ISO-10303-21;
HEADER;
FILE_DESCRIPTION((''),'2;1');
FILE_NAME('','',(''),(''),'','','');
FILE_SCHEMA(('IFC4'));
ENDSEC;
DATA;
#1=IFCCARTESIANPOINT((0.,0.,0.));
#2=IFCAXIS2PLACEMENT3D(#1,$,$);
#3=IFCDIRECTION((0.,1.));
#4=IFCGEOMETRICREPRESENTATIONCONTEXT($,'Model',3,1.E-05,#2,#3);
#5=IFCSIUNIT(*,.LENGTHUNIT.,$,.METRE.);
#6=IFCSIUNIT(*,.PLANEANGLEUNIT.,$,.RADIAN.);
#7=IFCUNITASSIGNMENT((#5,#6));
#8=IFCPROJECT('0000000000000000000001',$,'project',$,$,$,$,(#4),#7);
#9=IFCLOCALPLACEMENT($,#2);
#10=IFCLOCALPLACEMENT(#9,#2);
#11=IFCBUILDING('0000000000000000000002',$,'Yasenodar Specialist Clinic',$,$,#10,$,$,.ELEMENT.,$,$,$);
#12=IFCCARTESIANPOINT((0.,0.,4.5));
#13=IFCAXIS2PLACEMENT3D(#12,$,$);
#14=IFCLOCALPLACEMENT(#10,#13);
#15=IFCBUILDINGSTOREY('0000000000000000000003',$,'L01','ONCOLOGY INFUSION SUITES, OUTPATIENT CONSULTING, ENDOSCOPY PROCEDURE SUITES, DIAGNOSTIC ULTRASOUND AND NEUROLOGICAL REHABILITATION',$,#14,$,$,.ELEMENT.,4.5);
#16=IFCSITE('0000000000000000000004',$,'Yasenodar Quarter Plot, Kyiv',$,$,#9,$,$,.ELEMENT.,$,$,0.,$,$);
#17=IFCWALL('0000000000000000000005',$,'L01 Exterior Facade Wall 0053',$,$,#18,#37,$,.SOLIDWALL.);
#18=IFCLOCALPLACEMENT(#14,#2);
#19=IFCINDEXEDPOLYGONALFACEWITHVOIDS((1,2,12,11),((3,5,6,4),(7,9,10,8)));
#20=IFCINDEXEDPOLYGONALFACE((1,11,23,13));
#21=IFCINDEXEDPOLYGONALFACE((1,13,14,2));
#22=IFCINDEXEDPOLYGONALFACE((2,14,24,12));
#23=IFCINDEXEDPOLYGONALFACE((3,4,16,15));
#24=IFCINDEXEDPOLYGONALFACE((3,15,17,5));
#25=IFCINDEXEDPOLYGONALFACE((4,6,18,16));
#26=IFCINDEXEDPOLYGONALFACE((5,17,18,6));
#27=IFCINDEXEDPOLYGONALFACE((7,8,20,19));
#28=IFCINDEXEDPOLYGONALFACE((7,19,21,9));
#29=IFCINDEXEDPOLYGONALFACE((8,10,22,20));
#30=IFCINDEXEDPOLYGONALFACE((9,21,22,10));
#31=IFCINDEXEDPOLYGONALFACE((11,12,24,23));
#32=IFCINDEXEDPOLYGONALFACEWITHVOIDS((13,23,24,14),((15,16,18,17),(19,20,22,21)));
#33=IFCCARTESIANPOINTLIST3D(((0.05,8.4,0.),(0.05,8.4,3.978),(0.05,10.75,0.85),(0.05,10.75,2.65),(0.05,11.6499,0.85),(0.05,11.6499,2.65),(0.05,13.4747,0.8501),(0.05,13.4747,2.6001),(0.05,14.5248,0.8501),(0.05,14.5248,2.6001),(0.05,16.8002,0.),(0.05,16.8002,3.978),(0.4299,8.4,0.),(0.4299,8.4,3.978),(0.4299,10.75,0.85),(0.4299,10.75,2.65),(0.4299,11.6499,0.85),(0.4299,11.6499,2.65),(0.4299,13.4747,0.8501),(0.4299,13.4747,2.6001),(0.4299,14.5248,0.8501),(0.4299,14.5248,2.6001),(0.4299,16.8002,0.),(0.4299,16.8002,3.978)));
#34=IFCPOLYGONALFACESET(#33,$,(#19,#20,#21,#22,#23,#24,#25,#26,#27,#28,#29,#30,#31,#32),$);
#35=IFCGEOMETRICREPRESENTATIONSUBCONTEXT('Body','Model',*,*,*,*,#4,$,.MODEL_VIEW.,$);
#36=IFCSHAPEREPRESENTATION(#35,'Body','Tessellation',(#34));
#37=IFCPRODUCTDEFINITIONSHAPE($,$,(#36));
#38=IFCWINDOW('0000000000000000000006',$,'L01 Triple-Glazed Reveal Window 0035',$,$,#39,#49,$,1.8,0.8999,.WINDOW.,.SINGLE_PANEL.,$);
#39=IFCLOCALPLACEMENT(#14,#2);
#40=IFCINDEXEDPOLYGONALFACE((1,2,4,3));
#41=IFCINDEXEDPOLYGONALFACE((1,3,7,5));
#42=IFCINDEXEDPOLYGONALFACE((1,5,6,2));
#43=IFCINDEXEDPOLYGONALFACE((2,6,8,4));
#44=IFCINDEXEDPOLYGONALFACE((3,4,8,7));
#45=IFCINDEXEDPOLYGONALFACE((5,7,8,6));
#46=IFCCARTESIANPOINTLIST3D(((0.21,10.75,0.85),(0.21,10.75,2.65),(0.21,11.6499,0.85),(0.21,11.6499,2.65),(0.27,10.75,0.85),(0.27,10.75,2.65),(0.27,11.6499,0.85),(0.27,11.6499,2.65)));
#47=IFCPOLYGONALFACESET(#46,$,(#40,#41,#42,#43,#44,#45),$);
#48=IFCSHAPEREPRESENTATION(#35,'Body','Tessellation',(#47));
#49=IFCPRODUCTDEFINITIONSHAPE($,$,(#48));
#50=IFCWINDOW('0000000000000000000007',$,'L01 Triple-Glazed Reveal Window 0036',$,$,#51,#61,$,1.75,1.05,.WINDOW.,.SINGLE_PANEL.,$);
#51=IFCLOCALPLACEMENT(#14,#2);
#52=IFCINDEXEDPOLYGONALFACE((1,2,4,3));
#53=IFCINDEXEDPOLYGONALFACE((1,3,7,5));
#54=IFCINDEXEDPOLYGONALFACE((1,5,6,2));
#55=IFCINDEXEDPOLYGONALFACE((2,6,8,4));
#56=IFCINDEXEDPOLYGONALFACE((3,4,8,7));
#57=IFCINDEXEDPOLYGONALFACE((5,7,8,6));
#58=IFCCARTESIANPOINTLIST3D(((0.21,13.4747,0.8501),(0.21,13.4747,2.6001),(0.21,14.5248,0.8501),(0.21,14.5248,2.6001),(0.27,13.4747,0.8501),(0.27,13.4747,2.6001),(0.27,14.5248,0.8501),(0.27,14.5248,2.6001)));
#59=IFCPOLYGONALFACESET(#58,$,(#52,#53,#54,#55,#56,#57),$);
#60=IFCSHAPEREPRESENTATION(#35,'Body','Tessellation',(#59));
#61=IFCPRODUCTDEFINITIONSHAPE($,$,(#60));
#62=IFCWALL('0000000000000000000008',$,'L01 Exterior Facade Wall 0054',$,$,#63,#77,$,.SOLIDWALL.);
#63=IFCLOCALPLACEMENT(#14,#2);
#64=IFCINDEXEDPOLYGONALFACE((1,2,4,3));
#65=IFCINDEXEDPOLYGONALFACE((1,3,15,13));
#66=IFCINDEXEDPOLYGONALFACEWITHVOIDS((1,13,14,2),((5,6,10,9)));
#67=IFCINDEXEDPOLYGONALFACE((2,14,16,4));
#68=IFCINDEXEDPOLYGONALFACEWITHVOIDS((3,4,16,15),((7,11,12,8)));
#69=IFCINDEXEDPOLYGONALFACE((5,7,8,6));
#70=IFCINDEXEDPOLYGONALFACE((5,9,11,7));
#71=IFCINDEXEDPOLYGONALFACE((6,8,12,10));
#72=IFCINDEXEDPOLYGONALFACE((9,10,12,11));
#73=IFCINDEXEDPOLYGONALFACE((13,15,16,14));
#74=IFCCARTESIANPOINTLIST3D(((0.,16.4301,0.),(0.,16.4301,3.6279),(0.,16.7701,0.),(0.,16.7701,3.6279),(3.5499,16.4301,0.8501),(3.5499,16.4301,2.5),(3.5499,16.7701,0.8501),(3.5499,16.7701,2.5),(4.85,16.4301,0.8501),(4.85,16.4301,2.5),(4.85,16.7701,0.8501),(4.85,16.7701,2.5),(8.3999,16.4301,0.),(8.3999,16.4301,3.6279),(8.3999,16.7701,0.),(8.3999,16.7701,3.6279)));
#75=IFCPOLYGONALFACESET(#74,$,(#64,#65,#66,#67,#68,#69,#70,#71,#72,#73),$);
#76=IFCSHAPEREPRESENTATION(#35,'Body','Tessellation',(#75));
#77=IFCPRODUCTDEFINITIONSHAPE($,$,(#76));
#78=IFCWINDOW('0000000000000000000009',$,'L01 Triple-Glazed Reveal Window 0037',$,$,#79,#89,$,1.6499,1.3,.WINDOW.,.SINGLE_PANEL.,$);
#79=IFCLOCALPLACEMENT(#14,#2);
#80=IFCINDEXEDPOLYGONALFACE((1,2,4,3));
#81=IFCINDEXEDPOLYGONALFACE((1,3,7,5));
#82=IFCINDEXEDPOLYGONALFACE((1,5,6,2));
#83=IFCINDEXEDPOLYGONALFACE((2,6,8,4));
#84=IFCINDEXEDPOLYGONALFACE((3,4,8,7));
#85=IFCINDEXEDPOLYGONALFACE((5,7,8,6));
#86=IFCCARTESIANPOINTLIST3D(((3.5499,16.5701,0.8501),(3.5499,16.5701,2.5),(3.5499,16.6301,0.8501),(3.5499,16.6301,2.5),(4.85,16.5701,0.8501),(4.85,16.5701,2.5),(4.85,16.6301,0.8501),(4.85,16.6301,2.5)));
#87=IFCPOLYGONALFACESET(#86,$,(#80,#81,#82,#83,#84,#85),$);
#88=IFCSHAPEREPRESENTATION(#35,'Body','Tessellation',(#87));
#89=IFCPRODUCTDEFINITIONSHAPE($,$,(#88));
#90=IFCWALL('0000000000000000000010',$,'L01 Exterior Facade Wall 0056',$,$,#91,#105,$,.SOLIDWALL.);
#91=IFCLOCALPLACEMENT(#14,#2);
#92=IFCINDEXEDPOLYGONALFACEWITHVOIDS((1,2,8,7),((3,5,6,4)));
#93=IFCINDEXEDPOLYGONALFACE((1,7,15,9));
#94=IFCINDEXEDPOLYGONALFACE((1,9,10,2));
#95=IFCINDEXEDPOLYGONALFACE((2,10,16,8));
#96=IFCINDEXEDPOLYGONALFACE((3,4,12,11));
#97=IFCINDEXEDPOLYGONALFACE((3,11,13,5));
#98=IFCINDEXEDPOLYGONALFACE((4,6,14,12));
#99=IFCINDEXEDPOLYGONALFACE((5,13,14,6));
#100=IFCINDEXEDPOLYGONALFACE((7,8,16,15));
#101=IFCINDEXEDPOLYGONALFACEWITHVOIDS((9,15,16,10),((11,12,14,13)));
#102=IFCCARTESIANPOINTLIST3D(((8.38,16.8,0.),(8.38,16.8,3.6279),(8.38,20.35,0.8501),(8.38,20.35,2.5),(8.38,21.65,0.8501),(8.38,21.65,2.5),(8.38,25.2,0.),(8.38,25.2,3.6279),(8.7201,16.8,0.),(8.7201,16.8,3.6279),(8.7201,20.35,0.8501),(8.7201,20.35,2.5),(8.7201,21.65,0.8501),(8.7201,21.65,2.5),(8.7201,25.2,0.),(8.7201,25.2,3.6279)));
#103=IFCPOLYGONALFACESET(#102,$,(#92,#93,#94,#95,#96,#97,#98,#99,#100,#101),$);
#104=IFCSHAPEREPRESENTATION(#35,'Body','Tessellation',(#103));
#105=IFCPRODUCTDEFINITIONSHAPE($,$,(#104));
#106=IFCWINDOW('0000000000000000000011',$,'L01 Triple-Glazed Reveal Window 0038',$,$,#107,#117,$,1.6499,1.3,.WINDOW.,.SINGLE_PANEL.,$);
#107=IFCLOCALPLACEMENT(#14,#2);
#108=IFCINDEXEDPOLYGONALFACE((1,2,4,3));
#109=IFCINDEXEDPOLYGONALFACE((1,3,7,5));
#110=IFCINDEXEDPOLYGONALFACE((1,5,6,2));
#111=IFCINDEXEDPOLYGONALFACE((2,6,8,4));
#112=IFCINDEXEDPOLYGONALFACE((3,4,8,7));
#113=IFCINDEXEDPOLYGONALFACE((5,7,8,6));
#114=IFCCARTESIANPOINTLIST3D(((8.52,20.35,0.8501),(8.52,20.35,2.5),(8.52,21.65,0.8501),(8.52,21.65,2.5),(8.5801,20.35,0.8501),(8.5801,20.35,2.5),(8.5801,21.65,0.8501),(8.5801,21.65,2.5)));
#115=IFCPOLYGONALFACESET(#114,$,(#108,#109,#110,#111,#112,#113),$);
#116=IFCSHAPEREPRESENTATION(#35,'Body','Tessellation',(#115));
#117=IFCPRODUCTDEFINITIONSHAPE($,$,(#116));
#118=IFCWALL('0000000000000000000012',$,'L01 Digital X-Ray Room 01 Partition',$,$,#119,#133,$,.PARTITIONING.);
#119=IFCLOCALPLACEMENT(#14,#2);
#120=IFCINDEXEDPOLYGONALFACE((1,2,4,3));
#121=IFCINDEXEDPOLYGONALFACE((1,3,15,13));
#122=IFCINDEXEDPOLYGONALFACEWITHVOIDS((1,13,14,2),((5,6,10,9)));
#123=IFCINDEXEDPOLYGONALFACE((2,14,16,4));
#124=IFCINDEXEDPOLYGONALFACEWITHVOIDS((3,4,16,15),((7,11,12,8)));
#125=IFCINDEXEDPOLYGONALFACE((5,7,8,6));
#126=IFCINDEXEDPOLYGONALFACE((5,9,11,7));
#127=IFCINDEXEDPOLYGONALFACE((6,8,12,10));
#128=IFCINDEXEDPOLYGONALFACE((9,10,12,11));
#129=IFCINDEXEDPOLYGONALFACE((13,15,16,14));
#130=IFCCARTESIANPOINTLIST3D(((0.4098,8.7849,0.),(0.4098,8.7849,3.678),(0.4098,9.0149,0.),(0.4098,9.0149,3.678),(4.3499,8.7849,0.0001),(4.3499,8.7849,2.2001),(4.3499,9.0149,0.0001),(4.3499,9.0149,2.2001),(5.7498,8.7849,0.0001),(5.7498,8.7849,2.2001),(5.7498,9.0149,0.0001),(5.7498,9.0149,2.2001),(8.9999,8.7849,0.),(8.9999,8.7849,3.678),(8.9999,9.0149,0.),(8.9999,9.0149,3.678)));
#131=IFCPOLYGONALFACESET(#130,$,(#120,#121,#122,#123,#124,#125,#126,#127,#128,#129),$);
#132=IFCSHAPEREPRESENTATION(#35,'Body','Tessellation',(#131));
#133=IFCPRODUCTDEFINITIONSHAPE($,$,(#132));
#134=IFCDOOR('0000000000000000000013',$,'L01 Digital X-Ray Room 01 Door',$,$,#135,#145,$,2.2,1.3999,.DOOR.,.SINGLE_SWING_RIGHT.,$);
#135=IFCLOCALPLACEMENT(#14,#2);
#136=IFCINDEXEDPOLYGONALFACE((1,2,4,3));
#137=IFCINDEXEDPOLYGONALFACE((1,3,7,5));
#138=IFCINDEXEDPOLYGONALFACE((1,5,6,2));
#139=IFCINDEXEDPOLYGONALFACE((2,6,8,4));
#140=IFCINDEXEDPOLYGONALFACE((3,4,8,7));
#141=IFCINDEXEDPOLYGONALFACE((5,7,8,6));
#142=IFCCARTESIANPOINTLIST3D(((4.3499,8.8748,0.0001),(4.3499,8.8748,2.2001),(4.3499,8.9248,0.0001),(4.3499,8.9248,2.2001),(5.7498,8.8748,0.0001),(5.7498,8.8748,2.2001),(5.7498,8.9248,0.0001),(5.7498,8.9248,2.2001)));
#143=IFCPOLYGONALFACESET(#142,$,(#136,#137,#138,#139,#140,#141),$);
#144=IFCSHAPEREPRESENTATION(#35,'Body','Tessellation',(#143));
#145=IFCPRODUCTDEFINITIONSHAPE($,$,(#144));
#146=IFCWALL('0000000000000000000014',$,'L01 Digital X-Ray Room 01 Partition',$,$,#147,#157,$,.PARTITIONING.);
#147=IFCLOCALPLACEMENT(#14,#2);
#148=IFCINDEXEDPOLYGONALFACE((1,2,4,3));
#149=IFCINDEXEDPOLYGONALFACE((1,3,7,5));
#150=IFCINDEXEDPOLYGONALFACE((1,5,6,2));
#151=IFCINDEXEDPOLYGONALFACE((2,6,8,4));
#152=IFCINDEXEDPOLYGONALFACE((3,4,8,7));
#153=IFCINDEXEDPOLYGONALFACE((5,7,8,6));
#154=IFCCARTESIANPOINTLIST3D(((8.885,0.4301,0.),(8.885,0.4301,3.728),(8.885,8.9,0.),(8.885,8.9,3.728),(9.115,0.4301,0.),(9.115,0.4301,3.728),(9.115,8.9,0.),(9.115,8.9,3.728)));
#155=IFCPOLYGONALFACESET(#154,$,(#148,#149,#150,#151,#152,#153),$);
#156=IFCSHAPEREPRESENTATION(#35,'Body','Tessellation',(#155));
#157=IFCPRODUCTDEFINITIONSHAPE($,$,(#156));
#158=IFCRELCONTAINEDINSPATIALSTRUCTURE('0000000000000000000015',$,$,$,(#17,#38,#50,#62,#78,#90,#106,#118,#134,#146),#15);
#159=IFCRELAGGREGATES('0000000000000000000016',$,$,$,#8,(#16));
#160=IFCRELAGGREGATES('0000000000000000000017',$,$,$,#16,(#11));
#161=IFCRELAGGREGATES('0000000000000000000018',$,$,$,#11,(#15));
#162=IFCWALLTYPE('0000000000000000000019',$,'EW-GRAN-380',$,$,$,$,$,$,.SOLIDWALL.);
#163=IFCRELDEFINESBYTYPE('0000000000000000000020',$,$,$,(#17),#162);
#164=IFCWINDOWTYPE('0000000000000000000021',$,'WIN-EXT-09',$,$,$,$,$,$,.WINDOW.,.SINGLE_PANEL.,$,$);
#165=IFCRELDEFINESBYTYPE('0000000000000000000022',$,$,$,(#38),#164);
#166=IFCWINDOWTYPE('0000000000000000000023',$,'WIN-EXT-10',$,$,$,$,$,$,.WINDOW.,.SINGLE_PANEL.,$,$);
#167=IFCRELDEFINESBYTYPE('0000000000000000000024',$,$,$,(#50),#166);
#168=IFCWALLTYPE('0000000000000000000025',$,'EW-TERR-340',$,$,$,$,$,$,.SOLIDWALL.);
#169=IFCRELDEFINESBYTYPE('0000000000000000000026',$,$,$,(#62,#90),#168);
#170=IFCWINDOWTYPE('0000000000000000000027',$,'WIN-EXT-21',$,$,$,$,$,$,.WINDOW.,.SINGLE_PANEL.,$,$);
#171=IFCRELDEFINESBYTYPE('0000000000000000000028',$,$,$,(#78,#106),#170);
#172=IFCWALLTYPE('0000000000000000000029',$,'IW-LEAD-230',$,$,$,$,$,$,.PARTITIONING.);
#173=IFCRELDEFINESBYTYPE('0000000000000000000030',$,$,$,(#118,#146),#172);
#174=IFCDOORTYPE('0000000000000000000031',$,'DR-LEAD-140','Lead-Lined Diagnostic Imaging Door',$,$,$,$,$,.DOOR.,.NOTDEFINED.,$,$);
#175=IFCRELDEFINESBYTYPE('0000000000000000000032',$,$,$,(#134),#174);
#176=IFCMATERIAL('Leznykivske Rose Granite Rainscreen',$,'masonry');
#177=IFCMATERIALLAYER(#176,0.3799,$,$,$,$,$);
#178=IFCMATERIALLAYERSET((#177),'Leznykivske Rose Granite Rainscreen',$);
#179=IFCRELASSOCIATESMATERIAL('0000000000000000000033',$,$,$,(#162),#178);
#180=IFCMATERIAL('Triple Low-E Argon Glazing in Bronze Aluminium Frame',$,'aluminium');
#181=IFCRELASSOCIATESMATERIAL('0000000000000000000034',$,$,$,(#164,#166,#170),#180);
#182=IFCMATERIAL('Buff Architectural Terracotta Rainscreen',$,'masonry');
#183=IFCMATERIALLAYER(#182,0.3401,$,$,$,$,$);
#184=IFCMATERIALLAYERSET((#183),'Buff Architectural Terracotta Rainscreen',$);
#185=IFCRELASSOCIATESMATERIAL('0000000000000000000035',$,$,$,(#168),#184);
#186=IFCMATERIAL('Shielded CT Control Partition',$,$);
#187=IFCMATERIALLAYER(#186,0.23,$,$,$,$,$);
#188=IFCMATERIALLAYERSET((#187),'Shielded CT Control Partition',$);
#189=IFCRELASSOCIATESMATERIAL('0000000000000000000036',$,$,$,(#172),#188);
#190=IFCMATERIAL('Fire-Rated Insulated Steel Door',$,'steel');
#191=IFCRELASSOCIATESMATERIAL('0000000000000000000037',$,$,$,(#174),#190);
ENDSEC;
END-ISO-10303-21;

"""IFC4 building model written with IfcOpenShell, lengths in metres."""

from ifc_helpers import new_model, si_unit, direction, frame, frame_2d, origin, place, context, subcontext, project, spatial, rectangle, extrude, material, layer, layer_set, type_object, element, fill, save


model = new_model("IFC4")

# Units and contexts
model_context = context("Model", 3, precision=1e-05, world=origin(), true_north=direction((0.0, 1.0)))
body_context = subcontext(model_context, "Body", "Model", "MODEL_VIEW")
ifc_project = project(units=[si_unit("LENGTHUNIT", "METRE"), si_unit("PLANEANGLEUNIT", "RADIAN")], contexts=[model_context])

# Site, building, storey
site_placement = place(None, origin())
site = spatial("IfcSite", under=ifc_project, at=site_placement, Name="Yasenodar Quarter Plot, Kyiv", CompositionType="ELEMENT", RefElevation=0.0)
building_placement = place(site_placement, origin())
building = spatial("IfcBuilding", under=site, at=building_placement, Name="Yasenodar Specialist Clinic", CompositionType="ELEMENT")
storey_placement = place(building_placement, frame((0.0, 0.0, 4.5)))
storey = spatial("IfcBuildingStorey", under=building, at=storey_placement, Name="L01", Description="ONCOLOGY INFUSION SUITES, OUTPATIENT CONSULTING, ENDOSCOPY PROCEDURE SUITES, DIAGNOSTIC ULTRASOUND AND NEUROLOGICAL REHABILITATION", CompositionType="ELEMENT", Elevation=4.5)

# Wall, openings, windows
ifc_material_1 = material(Name="Leznykivske Rose Granite Rainscreen", Category="masonry")
ifc_layer_1 = layer(ifc_material_1, 0.3799)
ifc_layer_set_1 = layer_set([ifc_layer_1], Name="Leznykivske Rose Granite Rainscreen")
wall_type_1 = type_object("IfcWallType", Name="EW-GRAN-380", PredefinedType="SOLIDWALL", material=ifc_layer_set_1)
wall_1_placement = place(storey_placement, frame((0.24, 8.3999, 0.0), z_axis=(0.0, 0.0, 1.0), x_axis=(0.0, 1.0, 0.0)))
wall_1 = element("IfcWall", 1, at=wall_1_placement, inside=storey, type_object=wall_type_1, Name="L01 Exterior Facade Wall 0053", PredefinedType="SOLIDWALL", context=body_context, shape_type="SweptSolid", body=[
    extrude(rectangle(XDim=8.4001, YDim=0.3799, at=frame_2d((4.2002, 0.0))), origin(), (0.0, 0.0, 1.0), 3.978),
])
opening_1_placement = place(wall_1_placement, frame((2.3501, 0.0, 0.8501)))
opening_1 = element("IfcOpeningElement", 2, at=opening_1_placement, cuts=wall_1, PredefinedType="OPENING", context=body_context, shape_type="SweptSolid", body=[
    extrude(rectangle(XDim=0.8999, YDim=1.8, at=frame_2d((0.45, 0.8999))), frame((0.0, 0.2, 0.0), z_axis=(0.0, -1.0, 0.0), x_axis=(1.0, 0.0, 0.0)), (0.0, 0.0, 1.0), 0.3999),
])
opening_2_placement = place(wall_1_placement, frame((5.075, 0.0, 0.8501)))
opening_2 = element("IfcOpeningElement", 3, at=opening_2_placement, cuts=wall_1, PredefinedType="OPENING", context=body_context, shape_type="SweptSolid", body=[
    extrude(rectangle(XDim=1.05, YDim=1.75, at=frame_2d((0.5249, 0.875))), frame((0.0, 0.2, 0.0), z_axis=(0.0, -1.0, 0.0), x_axis=(1.0, 0.0, 0.0)), (0.0, 0.0, 1.0), 0.3999),
])
ifc_material_2 = material(Name="Triple Low-E Argon Glazing in Bronze Aluminium Frame", Category="aluminium")
window_type_1 = type_object("IfcWindowType", Name="WIN-EXT-09", PartitioningType="SINGLE_PANEL", PredefinedType="WINDOW", material=ifc_material_2)
window_1_placement = place(opening_1_placement, origin())
window_1 = element("IfcWindow", 4, at=window_1_placement, inside=storey, type_object=window_type_1, Name="L01 Triple-Glazed Reveal Window 0035", OverallHeight=1.8, OverallWidth=0.8999, PartitioningType="SINGLE_PANEL", PredefinedType="WINDOW", context=body_context, shape_type="SweptSolid", body=[
    extrude(rectangle(XDim=0.8999, YDim=1.8, at=frame_2d((0.45, 0.8999))), frame((0.0, 0.03, 0.0), z_axis=(0.0, -1.0, 0.0), x_axis=(1.0, 0.0, 0.0)), (0.0, 0.0, 1.0), 0.0601),
])
fill(opening_1, window_1)
window_type_2 = type_object("IfcWindowType", Name="WIN-EXT-10", PartitioningType="SINGLE_PANEL", PredefinedType="WINDOW", material=ifc_material_2)
window_2_placement = place(opening_2_placement, origin())
window_2 = element("IfcWindow", 5, at=window_2_placement, inside=storey, type_object=window_type_2, Name="L01 Triple-Glazed Reveal Window 0036", OverallHeight=1.75, OverallWidth=1.05, PartitioningType="SINGLE_PANEL", PredefinedType="WINDOW", context=body_context, shape_type="SweptSolid", body=[
    extrude(rectangle(XDim=1.05, YDim=1.75, at=frame_2d((0.5249, 0.875))), frame((0.0, 0.03, 0.0), z_axis=(0.0, -1.0, 0.0), x_axis=(1.0, 0.0, 0.0)), (0.0, 0.0, 1.0), 0.0601),
])
fill(opening_2, window_2)

# Walls, openings, windows
ifc_material_3 = material(Name="Buff Architectural Terracotta Rainscreen", Category="masonry")
ifc_layer_2 = layer(ifc_material_3, 0.3401)
ifc_layer_set_2 = layer_set([ifc_layer_2], Name="Buff Architectural Terracotta Rainscreen")
wall_type_2 = type_object("IfcWallType", Name="EW-TERR-340", PredefinedType="SOLIDWALL", material=ifc_layer_set_2)
wall_2_placement = place(storey_placement, frame((0.0, 16.6001, 0.0), z_axis=(0.0, 0.0, 1.0), x_axis=(1.0, 0.0, 0.0)))
wall_2 = element("IfcWall", 6, at=wall_2_placement, inside=storey, type_object=wall_type_2, Name="L01 Exterior Facade Wall 0054", PredefinedType="SOLIDWALL", context=body_context, shape_type="SweptSolid", body=[
    extrude(rectangle(XDim=8.3999, YDim=0.3401, at=frame_2d((4.2, 0.0))), origin(), (0.0, 0.0, 1.0), 3.6279),
])
opening_3_placement = place(wall_2_placement, frame((3.55, 0.0, 0.8501)))
opening_3 = element("IfcOpeningElement", 7, at=opening_3_placement, cuts=wall_2, PredefinedType="OPENING", context=body_context, shape_type="SweptSolid", body=[
    extrude(rectangle(XDim=1.3, YDim=1.6499, at=frame_2d((0.6499, 0.825))), frame((0.0, 0.1802, 0.0), z_axis=(0.0, -1.0, 0.0), x_axis=(1.0, 0.0, 0.0)), (0.0, 0.0, 1.0), 0.3601),
])
window_type_3 = type_object("IfcWindowType", Name="WIN-EXT-21", PartitioningType="SINGLE_PANEL", PredefinedType="WINDOW", material=ifc_material_2)
window_3_placement = place(opening_3_placement, origin())
window_3 = element("IfcWindow", 8, at=window_3_placement, inside=storey, type_object=window_type_3, Name="L01 Triple-Glazed Reveal Window 0037", OverallHeight=1.6499, OverallWidth=1.3, PartitioningType="SINGLE_PANEL", PredefinedType="WINDOW", context=body_context, shape_type="SweptSolid", body=[
    extrude(rectangle(XDim=1.3, YDim=1.6499, at=frame_2d((0.6499, 0.825))), frame((0.0, 0.03, 0.0), z_axis=(0.0, -1.0, 0.0), x_axis=(1.0, 0.0, 0.0)), (0.0, 0.0, 1.0), 0.0601),
])
fill(opening_3, window_3)
wall_3_placement = place(storey_placement, frame((8.55, 16.8, 0.0), z_axis=(0.0, 0.0, 1.0), x_axis=(0.0, 1.0, 0.0)))
wall_3 = element("IfcWall", 9, at=wall_3_placement, inside=storey, type_object=wall_type_2, Name="L01 Exterior Facade Wall 0056", PredefinedType="SOLIDWALL", context=body_context, shape_type="SweptSolid", body=[
    extrude(rectangle(XDim=8.3999, YDim=0.3401, at=frame_2d((4.2, 0.0))), origin(), (0.0, 0.0, 1.0), 3.6279),
])
opening_4_placement = place(wall_3_placement, frame((3.55, 0.0, 0.8501)))
opening_4 = element("IfcOpeningElement", 10, at=opening_4_placement, cuts=wall_3, PredefinedType="OPENING", context=body_context, shape_type="SweptSolid", body=[
    extrude(rectangle(XDim=1.3, YDim=1.6499, at=frame_2d((0.6499, 0.825))), frame((0.0, 0.1802, 0.0), z_axis=(0.0, -1.0, 0.0), x_axis=(1.0, 0.0, 0.0)), (0.0, 0.0, 1.0), 0.3601),
])
window_4_placement = place(opening_4_placement, origin())
window_4 = element("IfcWindow", 11, at=window_4_placement, inside=storey, type_object=window_type_3, Name="L01 Triple-Glazed Reveal Window 0038", OverallHeight=1.6499, OverallWidth=1.3, PartitioningType="SINGLE_PANEL", PredefinedType="WINDOW", context=body_context, shape_type="SweptSolid", body=[
    extrude(rectangle(XDim=1.3, YDim=1.6499, at=frame_2d((0.6499, 0.825))), frame((0.0, 0.03, 0.0), z_axis=(0.0, -1.0, 0.0), x_axis=(1.0, 0.0, 0.0)), (0.0, 0.0, 1.0), 0.0601),
])
fill(opening_4, window_4)

# Wall, opening, door
ifc_material_4 = material(Name="Shielded CT Control Partition")
ifc_layer_3 = layer(ifc_material_4, 0.23)
ifc_layer_set_3 = layer_set([ifc_layer_3], Name="Shielded CT Control Partition")
wall_type_3 = type_object("IfcWallType", Name="IW-LEAD-230", PredefinedType="PARTITIONING", material=ifc_layer_set_3)
wall_4_placement = place(storey_placement, frame((0.4099, 8.8999, 0.0), z_axis=(0.0, 0.0, 1.0), x_axis=(1.0, 0.0, 0.0)))
wall_4 = element("IfcWall", 12, at=wall_4_placement, inside=storey, type_object=wall_type_3, Name="L01 Digital X-Ray Room 01 Partition", PredefinedType="PARTITIONING", context=body_context, shape_type="SweptSolid", body=[
    extrude(rectangle(XDim=8.5901, YDim=0.23, at=frame_2d((4.2949, 0.0))), origin(), (0.0, 0.0, 1.0), 3.678),
])
opening_5_placement = place(wall_4_placement, frame((3.9399, 0.0, 0.0)))
opening_5 = element("IfcOpeningElement", 13, at=opening_5_placement, cuts=wall_4, PredefinedType="OPENING", context=body_context, shape_type="SweptSolid", body=[
    extrude(rectangle(XDim=1.3999, YDim=2.2, at=frame_2d((0.7, 1.1001))), frame((0.0, 0.125, 0.0), z_axis=(0.0, -1.0, 0.0), x_axis=(1.0, 0.0, 0.0)), (0.0, 0.0, 1.0), 0.25),
])
ifc_material_5 = material(Name="Fire-Rated Insulated Steel Door", Category="steel")
door_type = type_object("IfcDoorType", Name="DR-LEAD-140", Description="Lead-Lined Diagnostic Imaging Door", OperationType="NOTDEFINED", PredefinedType="DOOR", material=ifc_material_5)
door_placement = place(opening_5_placement, origin())
door = element("IfcDoor", 14, at=door_placement, inside=storey, type_object=door_type, Name="L01 Digital X-Ray Room 01 Door", OperationType="SINGLE_SWING_RIGHT", OverallHeight=2.2, OverallWidth=1.3999, PredefinedType="DOOR", context=body_context, shape_type="SweptSolid", body=[
    extrude(rectangle(XDim=1.3999, YDim=2.2, at=frame_2d((0.7, 1.1001))), frame((0.0, 0.0249, 0.0), z_axis=(0.0, -1.0, 0.0), x_axis=(1.0, 0.0, 0.0)), (0.0, 0.0, 1.0), 0.05),
])
fill(opening_5, door)

# Wall
wall_5_placement = place(storey_placement, frame((9.0, 8.8999, 0.0), z_axis=(0.0, 0.0, 1.0), x_axis=(0.0, -1.0, 0.0)))
element("IfcWall", 15, at=wall_5_placement, inside=storey, type_object=wall_type_3, Name="L01 Digital X-Ray Room 01 Partition", PredefinedType="PARTITIONING", context=body_context, shape_type="SweptSolid", body=[
    extrude(rectangle(XDim=8.47, YDim=0.23, at=frame_2d((4.2349, 0.0))), origin(), (0.0, 0.0, 1.0), 3.728),
])

save(model, "model.ifc")
